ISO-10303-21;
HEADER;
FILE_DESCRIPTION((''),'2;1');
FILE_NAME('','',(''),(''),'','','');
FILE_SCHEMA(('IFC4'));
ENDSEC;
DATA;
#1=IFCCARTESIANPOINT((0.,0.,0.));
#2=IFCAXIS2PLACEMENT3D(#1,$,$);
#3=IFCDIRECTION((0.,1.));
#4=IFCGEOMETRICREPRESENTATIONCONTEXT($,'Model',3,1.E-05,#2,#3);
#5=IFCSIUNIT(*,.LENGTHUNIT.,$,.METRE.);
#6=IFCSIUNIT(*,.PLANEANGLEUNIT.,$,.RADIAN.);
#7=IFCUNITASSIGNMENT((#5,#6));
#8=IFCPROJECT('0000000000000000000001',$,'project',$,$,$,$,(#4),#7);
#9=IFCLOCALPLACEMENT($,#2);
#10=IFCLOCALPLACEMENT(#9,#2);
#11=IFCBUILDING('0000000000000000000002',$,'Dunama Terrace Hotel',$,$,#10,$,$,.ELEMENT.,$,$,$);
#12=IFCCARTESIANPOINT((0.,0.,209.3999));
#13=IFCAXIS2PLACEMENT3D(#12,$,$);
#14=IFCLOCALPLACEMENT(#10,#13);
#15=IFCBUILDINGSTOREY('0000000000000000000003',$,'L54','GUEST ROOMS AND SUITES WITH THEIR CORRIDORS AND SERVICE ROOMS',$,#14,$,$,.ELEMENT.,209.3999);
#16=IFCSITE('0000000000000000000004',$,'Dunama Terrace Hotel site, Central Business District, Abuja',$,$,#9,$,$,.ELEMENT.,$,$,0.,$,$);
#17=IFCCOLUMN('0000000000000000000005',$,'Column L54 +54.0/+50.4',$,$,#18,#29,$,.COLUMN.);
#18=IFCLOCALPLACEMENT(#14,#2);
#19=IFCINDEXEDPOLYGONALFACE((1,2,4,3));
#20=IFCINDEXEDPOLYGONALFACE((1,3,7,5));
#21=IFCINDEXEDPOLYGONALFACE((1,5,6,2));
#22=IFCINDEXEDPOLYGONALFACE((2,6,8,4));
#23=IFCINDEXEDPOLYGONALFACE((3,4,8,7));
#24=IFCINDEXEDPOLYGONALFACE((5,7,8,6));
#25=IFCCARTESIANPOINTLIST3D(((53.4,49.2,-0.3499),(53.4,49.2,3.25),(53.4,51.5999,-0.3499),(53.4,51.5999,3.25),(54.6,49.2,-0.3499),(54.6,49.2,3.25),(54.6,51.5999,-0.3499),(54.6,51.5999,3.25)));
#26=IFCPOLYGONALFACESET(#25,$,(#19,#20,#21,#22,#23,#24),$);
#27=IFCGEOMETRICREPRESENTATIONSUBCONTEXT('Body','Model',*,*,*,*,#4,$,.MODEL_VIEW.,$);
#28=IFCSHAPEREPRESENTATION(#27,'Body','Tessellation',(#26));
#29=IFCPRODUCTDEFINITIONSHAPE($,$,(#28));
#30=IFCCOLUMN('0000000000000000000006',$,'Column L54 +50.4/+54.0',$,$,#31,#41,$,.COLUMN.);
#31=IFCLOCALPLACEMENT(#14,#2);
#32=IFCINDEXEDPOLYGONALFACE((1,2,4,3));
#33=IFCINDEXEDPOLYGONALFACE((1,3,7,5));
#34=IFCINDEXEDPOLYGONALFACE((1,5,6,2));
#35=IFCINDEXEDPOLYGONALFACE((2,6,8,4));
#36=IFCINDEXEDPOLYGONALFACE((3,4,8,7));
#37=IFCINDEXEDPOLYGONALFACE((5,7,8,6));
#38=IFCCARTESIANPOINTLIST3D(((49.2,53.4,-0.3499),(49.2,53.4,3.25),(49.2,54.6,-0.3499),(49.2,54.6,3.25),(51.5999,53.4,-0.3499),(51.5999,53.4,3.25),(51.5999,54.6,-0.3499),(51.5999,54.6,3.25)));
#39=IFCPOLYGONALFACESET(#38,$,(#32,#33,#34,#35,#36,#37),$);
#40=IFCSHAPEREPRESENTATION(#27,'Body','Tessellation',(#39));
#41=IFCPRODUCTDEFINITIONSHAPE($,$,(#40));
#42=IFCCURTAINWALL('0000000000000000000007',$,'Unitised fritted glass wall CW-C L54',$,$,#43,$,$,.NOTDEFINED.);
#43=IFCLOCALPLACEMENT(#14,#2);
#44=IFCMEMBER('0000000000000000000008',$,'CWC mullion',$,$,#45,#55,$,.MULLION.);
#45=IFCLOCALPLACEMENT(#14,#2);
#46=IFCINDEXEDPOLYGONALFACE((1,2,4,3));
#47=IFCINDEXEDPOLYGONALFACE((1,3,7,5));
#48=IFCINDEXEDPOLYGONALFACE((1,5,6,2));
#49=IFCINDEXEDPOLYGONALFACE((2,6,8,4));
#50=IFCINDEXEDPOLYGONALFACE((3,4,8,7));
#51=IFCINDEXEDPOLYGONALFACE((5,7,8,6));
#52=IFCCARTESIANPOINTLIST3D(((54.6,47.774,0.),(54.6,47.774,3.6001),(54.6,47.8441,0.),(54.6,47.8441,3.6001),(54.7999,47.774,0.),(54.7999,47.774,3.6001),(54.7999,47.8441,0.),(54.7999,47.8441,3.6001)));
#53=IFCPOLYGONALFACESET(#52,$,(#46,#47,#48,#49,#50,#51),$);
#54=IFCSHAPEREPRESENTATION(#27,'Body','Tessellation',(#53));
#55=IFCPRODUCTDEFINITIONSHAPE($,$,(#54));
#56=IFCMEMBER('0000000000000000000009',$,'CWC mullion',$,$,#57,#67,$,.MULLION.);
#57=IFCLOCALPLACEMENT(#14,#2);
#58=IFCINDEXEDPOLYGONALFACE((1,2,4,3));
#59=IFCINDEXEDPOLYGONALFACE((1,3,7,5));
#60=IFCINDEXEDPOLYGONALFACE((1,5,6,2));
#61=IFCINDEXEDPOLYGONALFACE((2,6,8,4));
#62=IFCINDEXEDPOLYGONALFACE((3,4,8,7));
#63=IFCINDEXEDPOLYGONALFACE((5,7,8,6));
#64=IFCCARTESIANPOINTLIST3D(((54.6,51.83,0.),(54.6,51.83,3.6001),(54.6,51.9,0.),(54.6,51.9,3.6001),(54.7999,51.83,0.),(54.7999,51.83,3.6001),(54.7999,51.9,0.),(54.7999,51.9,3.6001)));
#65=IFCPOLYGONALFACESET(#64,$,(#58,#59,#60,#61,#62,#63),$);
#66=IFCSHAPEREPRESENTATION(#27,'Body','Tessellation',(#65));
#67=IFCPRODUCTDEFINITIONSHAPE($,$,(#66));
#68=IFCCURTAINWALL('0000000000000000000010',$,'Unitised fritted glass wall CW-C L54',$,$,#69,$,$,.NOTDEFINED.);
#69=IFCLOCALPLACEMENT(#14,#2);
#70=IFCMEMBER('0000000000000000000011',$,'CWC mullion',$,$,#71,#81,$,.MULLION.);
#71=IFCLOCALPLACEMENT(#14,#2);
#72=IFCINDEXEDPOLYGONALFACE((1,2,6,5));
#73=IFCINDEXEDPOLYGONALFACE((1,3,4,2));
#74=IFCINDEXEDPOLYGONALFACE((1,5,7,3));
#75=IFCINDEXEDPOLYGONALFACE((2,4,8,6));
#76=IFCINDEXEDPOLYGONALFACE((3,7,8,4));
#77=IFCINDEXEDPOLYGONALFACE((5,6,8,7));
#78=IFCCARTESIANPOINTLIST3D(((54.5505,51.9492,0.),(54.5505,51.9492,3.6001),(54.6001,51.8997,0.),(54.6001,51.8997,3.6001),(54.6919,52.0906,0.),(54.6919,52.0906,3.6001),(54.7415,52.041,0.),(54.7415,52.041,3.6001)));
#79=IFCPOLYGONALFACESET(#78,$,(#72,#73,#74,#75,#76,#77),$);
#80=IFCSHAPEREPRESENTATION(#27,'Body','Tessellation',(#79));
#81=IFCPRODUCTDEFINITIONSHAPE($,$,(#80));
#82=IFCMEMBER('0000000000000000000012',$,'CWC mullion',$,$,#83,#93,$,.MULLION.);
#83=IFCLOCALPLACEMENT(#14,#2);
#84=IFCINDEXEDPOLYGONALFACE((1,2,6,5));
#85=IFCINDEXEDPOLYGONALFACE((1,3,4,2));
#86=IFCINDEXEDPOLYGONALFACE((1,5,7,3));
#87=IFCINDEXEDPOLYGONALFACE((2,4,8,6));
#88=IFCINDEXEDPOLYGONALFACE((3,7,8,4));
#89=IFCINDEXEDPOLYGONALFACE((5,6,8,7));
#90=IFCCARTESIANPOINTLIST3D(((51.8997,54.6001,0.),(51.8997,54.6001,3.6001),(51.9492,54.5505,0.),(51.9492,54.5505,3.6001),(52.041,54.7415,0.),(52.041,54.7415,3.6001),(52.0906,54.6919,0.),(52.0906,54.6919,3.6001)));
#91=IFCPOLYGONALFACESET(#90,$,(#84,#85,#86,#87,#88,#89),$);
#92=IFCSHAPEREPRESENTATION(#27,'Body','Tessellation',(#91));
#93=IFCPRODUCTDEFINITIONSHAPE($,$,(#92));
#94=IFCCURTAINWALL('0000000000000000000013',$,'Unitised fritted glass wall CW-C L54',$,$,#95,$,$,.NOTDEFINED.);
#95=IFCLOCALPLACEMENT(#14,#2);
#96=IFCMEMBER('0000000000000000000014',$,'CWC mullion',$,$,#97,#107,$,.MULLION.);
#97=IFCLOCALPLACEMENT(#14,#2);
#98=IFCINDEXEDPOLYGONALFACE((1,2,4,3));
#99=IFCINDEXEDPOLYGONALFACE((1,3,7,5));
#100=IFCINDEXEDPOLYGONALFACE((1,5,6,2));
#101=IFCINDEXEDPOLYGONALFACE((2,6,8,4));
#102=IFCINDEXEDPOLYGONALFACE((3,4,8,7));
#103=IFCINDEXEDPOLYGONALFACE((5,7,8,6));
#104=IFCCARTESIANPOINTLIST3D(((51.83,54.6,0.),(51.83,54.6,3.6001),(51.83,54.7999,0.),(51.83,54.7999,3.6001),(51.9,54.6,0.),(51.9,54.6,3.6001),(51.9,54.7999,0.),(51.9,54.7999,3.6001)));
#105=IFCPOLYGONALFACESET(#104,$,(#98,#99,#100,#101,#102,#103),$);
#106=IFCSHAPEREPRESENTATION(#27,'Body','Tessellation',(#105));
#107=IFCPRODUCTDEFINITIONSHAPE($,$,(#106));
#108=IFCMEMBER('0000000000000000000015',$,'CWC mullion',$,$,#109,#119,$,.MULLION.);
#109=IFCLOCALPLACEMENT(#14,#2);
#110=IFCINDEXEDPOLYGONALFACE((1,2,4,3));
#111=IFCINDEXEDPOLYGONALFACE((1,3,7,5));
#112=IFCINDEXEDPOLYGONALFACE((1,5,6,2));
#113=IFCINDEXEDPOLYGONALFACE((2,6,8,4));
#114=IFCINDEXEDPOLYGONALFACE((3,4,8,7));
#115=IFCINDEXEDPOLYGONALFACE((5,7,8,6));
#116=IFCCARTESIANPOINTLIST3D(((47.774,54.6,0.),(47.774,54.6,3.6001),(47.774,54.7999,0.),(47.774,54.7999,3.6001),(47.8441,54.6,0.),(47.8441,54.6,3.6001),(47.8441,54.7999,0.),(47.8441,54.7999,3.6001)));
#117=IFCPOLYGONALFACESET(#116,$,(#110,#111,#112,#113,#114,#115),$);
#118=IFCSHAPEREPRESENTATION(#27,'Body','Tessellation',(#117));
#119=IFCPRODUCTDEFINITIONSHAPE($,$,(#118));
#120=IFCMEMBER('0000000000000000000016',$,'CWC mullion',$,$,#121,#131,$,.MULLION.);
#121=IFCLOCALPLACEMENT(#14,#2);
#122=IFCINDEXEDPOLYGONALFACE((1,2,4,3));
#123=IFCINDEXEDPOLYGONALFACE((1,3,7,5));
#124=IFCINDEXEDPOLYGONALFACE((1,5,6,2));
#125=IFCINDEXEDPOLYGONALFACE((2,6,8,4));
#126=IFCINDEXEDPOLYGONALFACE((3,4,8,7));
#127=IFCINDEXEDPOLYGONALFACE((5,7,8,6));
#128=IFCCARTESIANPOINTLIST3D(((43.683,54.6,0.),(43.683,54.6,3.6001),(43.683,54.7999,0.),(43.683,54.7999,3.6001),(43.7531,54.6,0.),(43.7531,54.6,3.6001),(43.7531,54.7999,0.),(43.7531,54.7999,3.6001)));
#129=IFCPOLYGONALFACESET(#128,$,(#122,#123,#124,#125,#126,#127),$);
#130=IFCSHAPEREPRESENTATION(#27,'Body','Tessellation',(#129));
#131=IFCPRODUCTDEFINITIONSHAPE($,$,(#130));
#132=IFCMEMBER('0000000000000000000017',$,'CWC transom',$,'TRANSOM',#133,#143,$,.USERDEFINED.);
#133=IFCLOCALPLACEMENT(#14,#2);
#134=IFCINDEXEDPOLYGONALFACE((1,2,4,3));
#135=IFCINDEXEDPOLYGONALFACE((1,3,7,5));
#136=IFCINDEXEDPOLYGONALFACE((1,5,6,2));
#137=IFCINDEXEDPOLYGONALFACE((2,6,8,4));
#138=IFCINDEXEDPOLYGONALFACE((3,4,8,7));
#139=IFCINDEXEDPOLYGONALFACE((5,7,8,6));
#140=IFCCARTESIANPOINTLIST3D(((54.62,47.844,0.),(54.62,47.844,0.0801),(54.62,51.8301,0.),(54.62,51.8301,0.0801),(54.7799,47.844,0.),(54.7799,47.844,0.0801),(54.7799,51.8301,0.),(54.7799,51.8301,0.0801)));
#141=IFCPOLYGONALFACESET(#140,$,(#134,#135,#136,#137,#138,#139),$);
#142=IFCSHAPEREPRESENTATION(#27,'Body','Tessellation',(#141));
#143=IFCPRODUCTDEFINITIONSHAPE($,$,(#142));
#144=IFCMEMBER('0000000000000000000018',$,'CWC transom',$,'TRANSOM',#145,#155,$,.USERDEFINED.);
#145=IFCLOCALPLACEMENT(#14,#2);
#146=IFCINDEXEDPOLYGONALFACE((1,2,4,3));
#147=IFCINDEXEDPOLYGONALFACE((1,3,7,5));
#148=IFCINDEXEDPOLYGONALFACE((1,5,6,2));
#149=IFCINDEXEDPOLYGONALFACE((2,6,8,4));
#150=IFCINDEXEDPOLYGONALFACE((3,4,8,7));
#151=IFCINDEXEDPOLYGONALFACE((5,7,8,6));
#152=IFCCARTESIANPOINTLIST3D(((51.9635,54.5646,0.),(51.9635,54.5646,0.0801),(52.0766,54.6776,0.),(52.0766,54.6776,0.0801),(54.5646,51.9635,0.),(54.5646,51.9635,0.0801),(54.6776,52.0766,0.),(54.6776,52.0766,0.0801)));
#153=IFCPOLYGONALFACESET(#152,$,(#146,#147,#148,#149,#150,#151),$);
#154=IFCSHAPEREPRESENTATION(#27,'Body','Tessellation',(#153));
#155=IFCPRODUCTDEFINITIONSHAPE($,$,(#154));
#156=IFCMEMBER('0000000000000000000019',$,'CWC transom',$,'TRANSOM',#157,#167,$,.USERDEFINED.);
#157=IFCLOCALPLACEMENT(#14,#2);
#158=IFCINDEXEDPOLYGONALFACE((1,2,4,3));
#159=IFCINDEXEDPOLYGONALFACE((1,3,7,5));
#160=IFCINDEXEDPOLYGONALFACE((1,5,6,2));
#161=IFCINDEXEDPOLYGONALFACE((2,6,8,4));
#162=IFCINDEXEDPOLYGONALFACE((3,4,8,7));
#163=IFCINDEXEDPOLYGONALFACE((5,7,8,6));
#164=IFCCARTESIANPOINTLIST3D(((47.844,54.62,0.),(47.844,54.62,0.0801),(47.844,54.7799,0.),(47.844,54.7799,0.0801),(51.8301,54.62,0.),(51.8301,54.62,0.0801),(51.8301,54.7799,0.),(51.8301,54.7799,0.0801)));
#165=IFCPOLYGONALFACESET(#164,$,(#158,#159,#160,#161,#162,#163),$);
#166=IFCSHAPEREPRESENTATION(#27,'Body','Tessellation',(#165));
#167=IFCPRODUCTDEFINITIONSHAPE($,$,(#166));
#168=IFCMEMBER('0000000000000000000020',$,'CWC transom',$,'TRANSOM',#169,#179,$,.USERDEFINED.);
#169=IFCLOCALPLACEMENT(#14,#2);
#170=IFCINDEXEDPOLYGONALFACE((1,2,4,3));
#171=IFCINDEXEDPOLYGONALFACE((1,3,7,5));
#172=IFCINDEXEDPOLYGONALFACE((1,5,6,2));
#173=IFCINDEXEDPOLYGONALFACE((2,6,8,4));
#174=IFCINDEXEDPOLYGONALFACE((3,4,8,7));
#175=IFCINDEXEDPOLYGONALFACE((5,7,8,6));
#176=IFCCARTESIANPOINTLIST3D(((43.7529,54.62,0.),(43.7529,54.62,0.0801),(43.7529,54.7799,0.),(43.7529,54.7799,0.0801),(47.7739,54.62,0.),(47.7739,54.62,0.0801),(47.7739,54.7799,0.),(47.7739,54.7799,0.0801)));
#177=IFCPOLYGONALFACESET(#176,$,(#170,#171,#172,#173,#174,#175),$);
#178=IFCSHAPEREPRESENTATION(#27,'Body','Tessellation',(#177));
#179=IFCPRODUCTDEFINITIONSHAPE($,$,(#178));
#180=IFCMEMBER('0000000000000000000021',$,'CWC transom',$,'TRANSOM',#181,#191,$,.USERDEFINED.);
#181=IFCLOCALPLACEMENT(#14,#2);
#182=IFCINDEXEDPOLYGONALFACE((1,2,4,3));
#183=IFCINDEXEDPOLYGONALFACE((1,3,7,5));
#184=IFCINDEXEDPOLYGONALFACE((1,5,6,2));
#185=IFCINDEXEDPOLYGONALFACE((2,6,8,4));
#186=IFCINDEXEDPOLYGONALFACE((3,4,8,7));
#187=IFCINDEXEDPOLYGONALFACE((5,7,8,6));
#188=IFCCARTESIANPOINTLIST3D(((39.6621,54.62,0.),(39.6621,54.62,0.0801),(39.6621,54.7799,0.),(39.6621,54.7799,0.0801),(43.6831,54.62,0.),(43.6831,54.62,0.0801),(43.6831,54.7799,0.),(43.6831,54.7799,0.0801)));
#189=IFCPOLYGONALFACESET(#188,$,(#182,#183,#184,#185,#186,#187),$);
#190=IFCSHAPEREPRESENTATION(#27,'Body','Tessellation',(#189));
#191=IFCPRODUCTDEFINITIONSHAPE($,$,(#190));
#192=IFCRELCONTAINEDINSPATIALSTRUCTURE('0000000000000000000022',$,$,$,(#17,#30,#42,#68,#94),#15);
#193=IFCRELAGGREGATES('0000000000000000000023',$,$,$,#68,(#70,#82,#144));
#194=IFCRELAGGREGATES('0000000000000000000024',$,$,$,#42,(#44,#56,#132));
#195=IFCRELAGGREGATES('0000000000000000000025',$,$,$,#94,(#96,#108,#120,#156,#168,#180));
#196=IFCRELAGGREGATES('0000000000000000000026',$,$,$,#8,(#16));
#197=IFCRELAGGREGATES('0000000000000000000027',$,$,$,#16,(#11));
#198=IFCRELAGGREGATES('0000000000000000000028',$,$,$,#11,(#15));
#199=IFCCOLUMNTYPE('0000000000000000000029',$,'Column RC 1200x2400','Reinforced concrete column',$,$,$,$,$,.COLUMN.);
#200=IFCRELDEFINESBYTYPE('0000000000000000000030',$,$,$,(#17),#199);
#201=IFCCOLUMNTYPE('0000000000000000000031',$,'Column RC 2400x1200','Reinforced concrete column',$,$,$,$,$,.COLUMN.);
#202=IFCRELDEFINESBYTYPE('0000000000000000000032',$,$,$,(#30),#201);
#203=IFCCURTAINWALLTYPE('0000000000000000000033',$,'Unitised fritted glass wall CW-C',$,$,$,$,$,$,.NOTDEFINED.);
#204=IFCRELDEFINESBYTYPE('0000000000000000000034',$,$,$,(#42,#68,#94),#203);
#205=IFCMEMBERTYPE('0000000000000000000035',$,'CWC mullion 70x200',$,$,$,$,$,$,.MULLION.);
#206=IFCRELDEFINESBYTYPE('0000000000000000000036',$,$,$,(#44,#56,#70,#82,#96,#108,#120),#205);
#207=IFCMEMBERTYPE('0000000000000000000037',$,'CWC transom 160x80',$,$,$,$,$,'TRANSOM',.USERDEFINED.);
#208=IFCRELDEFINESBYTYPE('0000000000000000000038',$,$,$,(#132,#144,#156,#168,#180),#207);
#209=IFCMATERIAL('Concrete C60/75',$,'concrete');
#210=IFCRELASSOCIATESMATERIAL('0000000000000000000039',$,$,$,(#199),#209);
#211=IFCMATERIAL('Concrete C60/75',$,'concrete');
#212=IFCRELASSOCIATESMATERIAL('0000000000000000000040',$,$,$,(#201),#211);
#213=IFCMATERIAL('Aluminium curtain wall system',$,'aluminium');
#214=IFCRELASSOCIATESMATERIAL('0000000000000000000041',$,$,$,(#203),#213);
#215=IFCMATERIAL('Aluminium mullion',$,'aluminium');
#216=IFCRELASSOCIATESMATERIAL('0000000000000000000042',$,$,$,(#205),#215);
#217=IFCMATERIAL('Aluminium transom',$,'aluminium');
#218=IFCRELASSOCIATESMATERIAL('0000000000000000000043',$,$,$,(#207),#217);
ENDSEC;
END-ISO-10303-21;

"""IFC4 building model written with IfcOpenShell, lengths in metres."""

from ifc_helpers import new_model, si_unit, direction, frame, origin, origin_2d, place, context, subcontext, project, spatial, rectangle, extrude, material, material_profile, profile_set, type_object, element, aggregate, save


model = new_model("IFC4")

# Units and contexts
model_context = context("Model", 3, precision=1e-05, world=origin(), true_north=direction((0.0, 1.0)))
body_context = subcontext(model_context, "Body", "Model", "MODEL_VIEW")
ifc_project = project(units=[si_unit("LENGTHUNIT", "METRE"), si_unit("PLANEANGLEUNIT", "RADIAN")], contexts=[model_context])

# Site, building, storey
site_placement = place(None, origin())
site = spatial("IfcSite", under=ifc_project, at=site_placement, Name="Dunama Terrace Hotel site, Central Business District, Abuja", CompositionType="ELEMENT", RefElevation=0.0)
building_placement = place(site_placement, origin())
building = spatial("IfcBuilding", under=site, at=building_placement, Name="Dunama Terrace Hotel", CompositionType="ELEMENT")
storey_placement = place(building_placement, frame((0.0, 0.0, 209.3999)))
storey = spatial("IfcBuildingStorey", under=building, at=storey_placement, Name="L54", Description="GUEST ROOMS AND SUITES WITH THEIR CORRIDORS AND SERVICE ROOMS", CompositionType="ELEMENT", Elevation=209.3999)

# Columns
ifc_material_1 = material(Name="Concrete C60/75", Category="concrete")
ifc_material_profile_1 = material_profile(ifc_material_1, rectangle(XDim=1.2, YDim=2.3999, at=origin_2d()), Name="RC 1200x2400")
ifc_profile_set_1 = profile_set([ifc_material_profile_1], Name="Concrete C60/75")
column_type_1 = type_object("IfcColumnType", Name="Column RC 1200x2400", Description="Reinforced concrete column", PredefinedType="COLUMN", material=ifc_profile_set_1)
column_1_placement = place(storey_placement, frame((54.0, 50.3999, -0.3499), z_axis=(0.0, 0.0, 1.0), x_axis=(1.0, 0.0, 0.0)))
element("IfcColumn", 1, at=column_1_placement, inside=storey, type_object=column_type_1, Name="Column L54 +54.0/+50.4", PredefinedType="COLUMN", context=body_context, shape_type="SweptSolid", body=[
    extrude(rectangle(XDim=1.2, YDim=2.3999, at=origin_2d()), origin(), (0.0, 0.0, 1.0), 3.5999),
])
ifc_material_2 = material(Name="Concrete C60/75", Category="concrete")
ifc_material_profile_2 = material_profile(ifc_material_2, rectangle(XDim=2.3999, YDim=1.2, at=origin_2d()), Name="RC 2400x1200")
ifc_profile_set_2 = profile_set([ifc_material_profile_2], Name="Concrete C60/75")
column_type_2 = type_object("IfcColumnType", Name="Column RC 2400x1200", Description="Reinforced concrete column", PredefinedType="COLUMN", material=ifc_profile_set_2)
column_2_placement = place(storey_placement, frame((50.3999, 54.0, -0.3499), z_axis=(0.0, 0.0, 1.0), x_axis=(1.0, 0.0, 0.0)))
element("IfcColumn", 2, at=column_2_placement, inside=storey, type_object=column_type_2, Name="Column L54 +50.4/+54.0", PredefinedType="COLUMN", context=body_context, shape_type="SweptSolid", body=[
    extrude(rectangle(XDim=2.3999, YDim=1.2, at=origin_2d()), origin(), (0.0, 0.0, 1.0), 3.5999),
])

# Curtain walls, members
ifc_material_3 = material(Name="Aluminium curtain wall system", Category="aluminium")
curtain_wall_type = type_object("IfcCurtainWallType", Name="Unitised fritted glass wall CW-C", PredefinedType="NOTDEFINED", material=ifc_material_3)
curtain_wall_1_placement = place(storey_placement, origin())
curtain_wall_1 = element("IfcCurtainWall", 3, at=curtain_wall_1_placement, inside=storey, type_object=curtain_wall_type, Name="Unitised fritted glass wall CW-C L54", PredefinedType="NOTDEFINED")
ifc_material_4 = material(Name="Aluminium mullion", Category="aluminium")
ifc_material_profile_3 = material_profile(ifc_material_4, rectangle(XDim=0.0701, YDim=0.2, at=origin_2d()), Name="CWC MULLION 70X200")
ifc_profile_set_3 = profile_set([ifc_material_profile_3], Name="Aluminium mullion")
member_type_1 = type_object("IfcMemberType", Name="CWC mullion 70x200", PredefinedType="MULLION", material=ifc_profile_set_3)
member_1_placement = place(storey_placement, frame((54.7, 47.8091, 0.0), z_axis=(0.0, 0.0, 1.0), x_axis=(0.0, 1.0, 0.0)))
member_1 = element("IfcMember", 4, at=member_1_placement, type_object=member_type_1, Name="CWC mullion", PredefinedType="MULLION", context=body_context, shape_type="SweptSolid", body=[
    extrude(rectangle(XDim=0.0701, YDim=0.2, at=origin_2d()), origin(), (0.0, 0.0, 1.0), 3.6001),
])
member_2_placement = place(storey_placement, frame((54.7, 51.865, 0.0), z_axis=(0.0, 0.0, 1.0), x_axis=(0.0, 1.0, 0.0)))
member_2 = element("IfcMember", 5, at=member_2_placement, type_object=member_type_1, Name="CWC mullion", PredefinedType="MULLION", context=body_context, shape_type="SweptSolid", body=[
    extrude(rectangle(XDim=0.0701, YDim=0.2, at=origin_2d()), origin(), (0.0, 0.0, 1.0), 3.6001),
])
curtain_wall_2_placement = place(storey_placement, origin())
curtain_wall_2 = element("IfcCurtainWall", 6, at=curtain_wall_2_placement, inside=storey, type_object=curtain_wall_type, Name="Unitised fritted glass wall CW-C L54", PredefinedType="NOTDEFINED")
member_3_placement = place(storey_placement, frame((54.646, 51.9951, 0.0), z_axis=(0.0, 0.0, 1.0), x_axis=(-0.707107, 0.707107, 0.0)))
member_3 = element("IfcMember", 7, at=member_3_placement, type_object=member_type_1, Name="CWC mullion", PredefinedType="MULLION", context=body_context, shape_type="SweptSolid", body=[
    extrude(rectangle(XDim=0.0701, YDim=0.2, at=origin_2d()), origin(), (0.0, 0.0, 1.0), 3.6001),
])
member_4_placement = place(storey_placement, frame((51.9951, 54.646, 0.0), z_axis=(0.0, 0.0, 1.0), x_axis=(-0.707107, 0.707107, 0.0)))
member_4 = element("IfcMember", 8, at=member_4_placement, type_object=member_type_1, Name="CWC mullion", PredefinedType="MULLION", context=body_context, shape_type="SweptSolid", body=[
    extrude(rectangle(XDim=0.0701, YDim=0.2, at=origin_2d()), origin(), (0.0, 0.0, 1.0), 3.6001),
])
curtain_wall_3_placement = place(storey_placement, origin())
curtain_wall_3 = element("IfcCurtainWall", 9, at=curtain_wall_3_placement, inside=storey, type_object=curtain_wall_type, Name="Unitised fritted glass wall CW-C L54", PredefinedType="NOTDEFINED")
member_5_placement = place(storey_placement, frame((51.865, 54.7, 0.0), z_axis=(0.0, 0.0, 1.0), x_axis=(-1.0, 0.0, 0.0)))
member_5 = element("IfcMember", 10, at=member_5_placement, type_object=member_type_1, Name="CWC mullion", PredefinedType="MULLION", context=body_context, shape_type="SweptSolid", body=[
    extrude(rectangle(XDim=0.0701, YDim=0.2, at=origin_2d()), origin(), (0.0, 0.0, 1.0), 3.6001),
])
member_6_placement = place(storey_placement, frame((47.8091, 54.7, 0.0), z_axis=(0.0, 0.0, 1.0), x_axis=(-1.0, 0.0, 0.0)))
member_6 = element("IfcMember", 11, at=member_6_placement, type_object=member_type_1, Name="CWC mullion", PredefinedType="MULLION", context=body_context, shape_type="SweptSolid", body=[
    extrude(rectangle(XDim=0.0701, YDim=0.2, at=origin_2d()), origin(), (0.0, 0.0, 1.0), 3.6001),
])
member_7_placement = place(storey_placement, frame((43.718, 54.7, 0.0), z_axis=(0.0, 0.0, 1.0), x_axis=(-1.0, 0.0, 0.0)))
member_7 = element("IfcMember", 12, at=member_7_placement, type_object=member_type_1, Name="CWC mullion", PredefinedType="MULLION", context=body_context, shape_type="SweptSolid", body=[
    extrude(rectangle(XDim=0.0701, YDim=0.2, at=origin_2d()), origin(), (0.0, 0.0, 1.0), 3.6001),
])

# Members
ifc_material_5 = material(Name="Aluminium transom", Category="aluminium")
ifc_material_profile_4 = material_profile(ifc_material_5, rectangle(XDim=0.1599, YDim=0.0801, at=origin_2d()), Name="CWC TRANSOM 160X80")
ifc_profile_set_4 = profile_set([ifc_material_profile_4], Name="Aluminium transom")
member_type_2 = type_object("IfcMemberType", Name="CWC transom 160x80", ElementType="TRANSOM", PredefinedType="USERDEFINED", material=ifc_profile_set_4)
member_8_placement = place(storey_placement, frame((54.7, 47.844, 0.04), z_axis=(0.0, 1.0, 0.0), x_axis=(-1.0, 0.0, 0.0)))
member_8 = element("IfcMember", 13, at=member_8_placement, type_object=member_type_2, Name="CWC transom", ObjectType="TRANSOM", PredefinedType="USERDEFINED", context=body_context, shape_type="SweptSolid", body=[
    extrude(rectangle(XDim=0.1599, YDim=0.0801, at=origin_2d()), origin(), (0.0, 0.0, 1.0), 3.9861),
])
member_9_placement = place(storey_placement, frame((54.6211, 52.02, 0.04), z_axis=(-0.707107, 0.707107, 0.0), x_axis=(-0.707107, -0.707107, 0.0)))
member_9 = element("IfcMember", 14, at=member_9_placement, type_object=member_type_2, Name="CWC transom", ObjectType="TRANSOM", PredefinedType="USERDEFINED", context=body_context, shape_type="SweptSolid", body=[
    extrude(rectangle(XDim=0.1599, YDim=0.0801, at=origin_2d()), origin(), (0.0, 0.0, 1.0), 3.6785),
])
member_10_placement = place(storey_placement, frame((51.8301, 54.7, 0.04), z_axis=(-1.0, 0.0, 0.0), x_axis=(0.0, -1.0, 0.0)))
member_10 = element("IfcMember", 15, at=member_10_placement, type_object=member_type_2, Name="CWC transom", ObjectType="TRANSOM", PredefinedType="USERDEFINED", context=body_context, shape_type="SweptSolid", body=[
    extrude(rectangle(XDim=0.1599, YDim=0.0801, at=origin_2d()), origin(), (0.0, 0.0, 1.0), 3.9861),
])
member_11_placement = place(storey_placement, frame((47.7739, 54.7, 0.04), z_axis=(-1.0, 0.0, 0.0), x_axis=(0.0, -1.0, 0.0)))
member_11 = element("IfcMember", 16, at=member_11_placement, type_object=member_type_2, Name="CWC transom", ObjectType="TRANSOM", PredefinedType="USERDEFINED", context=body_context, shape_type="SweptSolid", body=[
    extrude(rectangle(XDim=0.1599, YDim=0.0801, at=origin_2d()), origin(), (0.0, 0.0, 1.0), 4.021),
])
member_12_placement = place(storey_placement, frame((43.6831, 54.7, 0.04), z_axis=(-1.0, 0.0, 0.0), x_axis=(0.0, -1.0, 0.0)))
member_12 = element("IfcMember", 17, at=member_12_placement, type_object=member_type_2, Name="CWC transom", ObjectType="TRANSOM", PredefinedType="USERDEFINED", context=body_context, shape_type="SweptSolid", body=[
    extrude(rectangle(XDim=0.1599, YDim=0.0801, at=origin_2d()), origin(), (0.0, 0.0, 1.0), 4.021),
])

aggregate(curtain_wall_2, [member_3, member_4, member_9])
aggregate(curtain_wall_1, [member_1, member_2, member_8])
aggregate(curtain_wall_3, [member_5, member_6, member_7, member_10, member_11, member_12])

save(model, "model.ifc")
